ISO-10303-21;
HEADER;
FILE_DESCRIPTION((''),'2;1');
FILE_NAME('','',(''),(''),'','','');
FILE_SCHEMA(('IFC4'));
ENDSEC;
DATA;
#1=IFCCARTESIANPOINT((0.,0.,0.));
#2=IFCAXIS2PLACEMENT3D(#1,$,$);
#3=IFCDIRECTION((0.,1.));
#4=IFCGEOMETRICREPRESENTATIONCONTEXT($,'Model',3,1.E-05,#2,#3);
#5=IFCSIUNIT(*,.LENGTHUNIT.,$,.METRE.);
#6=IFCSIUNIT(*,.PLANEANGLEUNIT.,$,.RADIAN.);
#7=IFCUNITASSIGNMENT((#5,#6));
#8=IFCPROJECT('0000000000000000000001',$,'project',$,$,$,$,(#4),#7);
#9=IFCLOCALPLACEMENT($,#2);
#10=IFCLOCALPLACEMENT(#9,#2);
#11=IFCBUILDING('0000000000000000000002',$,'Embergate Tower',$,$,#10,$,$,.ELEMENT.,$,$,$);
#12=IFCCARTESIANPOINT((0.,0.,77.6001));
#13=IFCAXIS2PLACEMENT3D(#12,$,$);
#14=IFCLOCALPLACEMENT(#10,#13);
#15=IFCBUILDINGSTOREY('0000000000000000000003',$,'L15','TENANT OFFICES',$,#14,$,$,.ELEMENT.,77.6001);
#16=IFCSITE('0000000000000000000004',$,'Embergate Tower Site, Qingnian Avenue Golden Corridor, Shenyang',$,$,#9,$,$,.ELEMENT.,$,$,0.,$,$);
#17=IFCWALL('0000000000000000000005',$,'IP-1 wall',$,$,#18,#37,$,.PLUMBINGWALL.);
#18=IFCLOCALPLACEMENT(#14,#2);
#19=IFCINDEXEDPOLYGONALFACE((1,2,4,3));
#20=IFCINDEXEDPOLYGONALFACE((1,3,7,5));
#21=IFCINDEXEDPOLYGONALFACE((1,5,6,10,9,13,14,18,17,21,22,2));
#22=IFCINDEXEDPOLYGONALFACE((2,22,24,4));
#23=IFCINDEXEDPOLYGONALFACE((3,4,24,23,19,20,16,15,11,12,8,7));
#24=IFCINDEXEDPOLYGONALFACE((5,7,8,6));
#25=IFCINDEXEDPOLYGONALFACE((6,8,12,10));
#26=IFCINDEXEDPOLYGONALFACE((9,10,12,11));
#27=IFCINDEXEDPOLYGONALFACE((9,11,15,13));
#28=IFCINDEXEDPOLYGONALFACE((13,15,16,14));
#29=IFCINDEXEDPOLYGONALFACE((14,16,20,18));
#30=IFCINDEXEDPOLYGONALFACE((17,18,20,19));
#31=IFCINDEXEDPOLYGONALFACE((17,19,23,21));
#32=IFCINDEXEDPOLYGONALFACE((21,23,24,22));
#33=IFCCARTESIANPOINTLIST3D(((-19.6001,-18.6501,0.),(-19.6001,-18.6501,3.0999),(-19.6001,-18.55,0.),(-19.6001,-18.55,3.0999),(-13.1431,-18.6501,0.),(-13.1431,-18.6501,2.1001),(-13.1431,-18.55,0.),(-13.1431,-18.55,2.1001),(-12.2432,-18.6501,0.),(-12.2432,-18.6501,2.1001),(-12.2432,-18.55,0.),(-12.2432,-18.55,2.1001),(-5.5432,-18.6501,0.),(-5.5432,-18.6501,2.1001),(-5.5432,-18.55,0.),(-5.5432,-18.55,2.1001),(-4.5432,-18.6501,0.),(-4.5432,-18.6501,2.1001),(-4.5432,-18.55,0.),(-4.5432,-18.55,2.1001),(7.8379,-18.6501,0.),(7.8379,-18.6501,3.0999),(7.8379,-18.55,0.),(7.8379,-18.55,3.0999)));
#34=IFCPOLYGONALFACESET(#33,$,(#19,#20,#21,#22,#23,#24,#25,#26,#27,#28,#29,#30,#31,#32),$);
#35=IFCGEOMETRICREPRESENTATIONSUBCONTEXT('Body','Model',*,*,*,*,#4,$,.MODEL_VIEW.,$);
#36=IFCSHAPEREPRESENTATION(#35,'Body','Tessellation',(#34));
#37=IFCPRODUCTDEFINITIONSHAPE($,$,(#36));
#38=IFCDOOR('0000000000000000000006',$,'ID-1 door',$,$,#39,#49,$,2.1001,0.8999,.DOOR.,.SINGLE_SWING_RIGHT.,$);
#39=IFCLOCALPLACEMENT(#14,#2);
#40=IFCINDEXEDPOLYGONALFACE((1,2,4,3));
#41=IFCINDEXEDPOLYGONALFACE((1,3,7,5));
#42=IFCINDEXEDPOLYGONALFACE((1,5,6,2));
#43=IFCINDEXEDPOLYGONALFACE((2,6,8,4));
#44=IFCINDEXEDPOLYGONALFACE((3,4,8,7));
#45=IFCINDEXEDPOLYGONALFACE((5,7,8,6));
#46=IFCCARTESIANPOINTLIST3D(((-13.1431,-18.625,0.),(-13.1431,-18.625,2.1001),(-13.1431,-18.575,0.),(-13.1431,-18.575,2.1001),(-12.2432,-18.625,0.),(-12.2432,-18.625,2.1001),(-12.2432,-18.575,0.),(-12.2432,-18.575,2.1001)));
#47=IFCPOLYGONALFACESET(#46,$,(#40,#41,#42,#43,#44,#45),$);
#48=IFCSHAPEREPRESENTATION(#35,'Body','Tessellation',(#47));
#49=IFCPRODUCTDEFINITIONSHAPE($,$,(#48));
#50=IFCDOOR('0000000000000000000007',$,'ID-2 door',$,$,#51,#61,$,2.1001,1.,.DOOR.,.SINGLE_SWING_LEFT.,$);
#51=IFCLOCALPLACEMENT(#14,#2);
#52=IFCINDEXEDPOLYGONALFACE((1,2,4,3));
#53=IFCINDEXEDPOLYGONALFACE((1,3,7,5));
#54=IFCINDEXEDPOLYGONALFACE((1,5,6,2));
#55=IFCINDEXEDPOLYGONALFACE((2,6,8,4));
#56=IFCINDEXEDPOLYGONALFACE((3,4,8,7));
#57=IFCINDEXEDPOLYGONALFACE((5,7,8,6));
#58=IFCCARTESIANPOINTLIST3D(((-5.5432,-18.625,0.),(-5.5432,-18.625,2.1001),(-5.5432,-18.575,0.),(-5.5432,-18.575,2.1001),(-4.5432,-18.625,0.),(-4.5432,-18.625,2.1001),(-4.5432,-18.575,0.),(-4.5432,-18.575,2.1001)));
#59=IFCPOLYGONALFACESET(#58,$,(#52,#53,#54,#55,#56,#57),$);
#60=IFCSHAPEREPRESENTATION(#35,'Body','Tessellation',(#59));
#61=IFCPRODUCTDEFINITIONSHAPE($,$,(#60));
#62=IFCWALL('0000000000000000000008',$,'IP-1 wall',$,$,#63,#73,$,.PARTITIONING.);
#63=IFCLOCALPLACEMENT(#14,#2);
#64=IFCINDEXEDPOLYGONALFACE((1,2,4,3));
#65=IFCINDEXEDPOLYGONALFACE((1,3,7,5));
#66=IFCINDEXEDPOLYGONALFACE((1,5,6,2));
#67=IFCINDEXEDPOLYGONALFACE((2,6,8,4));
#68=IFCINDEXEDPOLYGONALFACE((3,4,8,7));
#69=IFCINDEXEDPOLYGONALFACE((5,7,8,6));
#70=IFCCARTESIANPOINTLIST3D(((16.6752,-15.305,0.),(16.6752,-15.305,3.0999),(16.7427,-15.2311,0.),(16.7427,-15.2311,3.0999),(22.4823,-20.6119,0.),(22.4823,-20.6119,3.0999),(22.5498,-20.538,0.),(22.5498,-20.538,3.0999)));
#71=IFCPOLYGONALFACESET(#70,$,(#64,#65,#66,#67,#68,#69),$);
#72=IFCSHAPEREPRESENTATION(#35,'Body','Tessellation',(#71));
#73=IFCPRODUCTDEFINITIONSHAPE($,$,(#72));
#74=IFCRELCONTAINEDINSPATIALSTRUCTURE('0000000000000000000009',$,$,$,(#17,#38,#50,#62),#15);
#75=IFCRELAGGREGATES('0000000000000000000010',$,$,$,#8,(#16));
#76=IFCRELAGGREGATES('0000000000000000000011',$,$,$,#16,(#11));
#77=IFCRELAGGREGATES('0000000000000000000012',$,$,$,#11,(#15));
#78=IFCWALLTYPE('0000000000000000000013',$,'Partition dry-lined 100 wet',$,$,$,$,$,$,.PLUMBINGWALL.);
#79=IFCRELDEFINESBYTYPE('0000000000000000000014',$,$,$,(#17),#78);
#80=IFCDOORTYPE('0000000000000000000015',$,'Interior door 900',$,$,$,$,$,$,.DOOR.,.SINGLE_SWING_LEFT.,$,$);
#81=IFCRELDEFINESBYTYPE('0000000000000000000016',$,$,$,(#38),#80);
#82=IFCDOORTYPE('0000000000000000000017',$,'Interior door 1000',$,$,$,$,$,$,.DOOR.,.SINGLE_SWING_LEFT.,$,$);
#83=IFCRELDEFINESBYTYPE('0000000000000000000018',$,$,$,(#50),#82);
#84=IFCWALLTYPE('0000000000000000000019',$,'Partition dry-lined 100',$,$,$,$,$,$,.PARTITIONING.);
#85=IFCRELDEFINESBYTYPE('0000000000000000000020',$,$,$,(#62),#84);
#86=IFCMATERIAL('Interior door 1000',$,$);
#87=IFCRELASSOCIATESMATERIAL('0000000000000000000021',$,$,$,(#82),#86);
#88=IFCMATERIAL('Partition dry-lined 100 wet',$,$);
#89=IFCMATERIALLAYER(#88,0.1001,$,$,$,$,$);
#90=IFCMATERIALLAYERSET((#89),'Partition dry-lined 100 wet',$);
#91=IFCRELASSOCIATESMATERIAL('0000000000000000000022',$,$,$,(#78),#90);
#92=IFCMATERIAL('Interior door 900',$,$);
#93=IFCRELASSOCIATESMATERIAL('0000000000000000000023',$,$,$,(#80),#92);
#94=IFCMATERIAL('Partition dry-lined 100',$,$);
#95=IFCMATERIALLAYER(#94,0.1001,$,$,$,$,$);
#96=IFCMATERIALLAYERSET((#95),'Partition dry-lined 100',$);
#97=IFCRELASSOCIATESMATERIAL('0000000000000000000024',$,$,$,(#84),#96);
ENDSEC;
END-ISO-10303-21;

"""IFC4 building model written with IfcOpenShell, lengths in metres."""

from ifc_helpers import new_model, si_unit, direction, frame, frame_2d, origin, place, context, subcontext, project, spatial, rectangle, extrude, source, transform, mapped, material, layer, layer_set, type_object, element, fill, save


model = new_model("IFC4")

# Units and contexts
model_context = context("Model", 3, precision=1e-05, world=origin(), true_north=direction((0.0, 1.0)))
body_context = subcontext(model_context, "Body", "Model", "MODEL_VIEW")
ifc_project = project(units=[si_unit("LENGTHUNIT", "METRE"), si_unit("PLANEANGLEUNIT", "RADIAN")], contexts=[model_context])

# Site, building, storey
site_placement = place(None, origin())
site = spatial("IfcSite", under=ifc_project, at=site_placement, Name="Embergate Tower Site, Qingnian Avenue Golden Corridor, Shenyang", CompositionType="ELEMENT", RefElevation=0.0)
building_placement = place(site_placement, origin())
building = spatial("IfcBuilding", under=site, at=building_placement, Name="Embergate Tower", CompositionType="ELEMENT")
storey_placement = place(building_placement, frame((0.0, 0.0, 77.6001)))
storey = spatial("IfcBuildingStorey", under=building, at=storey_placement, Name="L15", Description="TENANT OFFICES", CompositionType="ELEMENT", Elevation=77.6001)

# Wall, openings, doors
shared_shape_1 = source(origin(), body_context, "Body", "SweptSolid", [
    extrude(rectangle(XDim=0.8999, YDim=2.1001, at=frame_2d((0.45, 1.05))), frame((0.0, 0.0249, 0.0), z_axis=(0.0, -1.0, 0.0), x_axis=(1.0, 0.0, 0.0)), (0.0, 0.0, 1.0), 0.05),
])
ifc_material_1 = material(Name="Interior door 1000")
door_type_1 = type_object("IfcDoorType", Name="Interior door 1000", OperationType="SINGLE_SWING_LEFT", PredefinedType="DOOR", material=ifc_material_1)
shared_shape_2 = source(origin(), body_context, "Body", "SweptSolid", [
    extrude(rectangle(XDim=1.0, YDim=2.1001, at=frame_2d((0.5, 1.05))), frame((0.0, 0.0249, 0.0), z_axis=(0.0, -1.0, 0.0), x_axis=(1.0, 0.0, 0.0)), (0.0, 0.0, 1.0), 0.05),
])
ifc_material_2 = material(Name="Partition dry-lined 100 wet")
ifc_layer_1 = layer(ifc_material_2, 0.1001)
ifc_layer_set_1 = layer_set([ifc_layer_1], Name="Partition dry-lined 100 wet")
wall_type_1 = type_object("IfcWallType", Name="Partition dry-lined 100 wet", PredefinedType="PLUMBINGWALL", material=ifc_layer_set_1)
shared_shape_3 = source(origin(), body_context, "Body", "SweptSolid", [
    extrude(rectangle(XDim=27.438, YDim=0.1001, at=frame_2d((13.719, 0.0))), origin(), (0.0, 0.0, 1.0), 3.0999),
])
wall_1_placement = place(storey_placement, frame((7.8379, -18.6001, 0.0), z_axis=(0.0, 0.0, 1.0), x_axis=(-1.0, 0.0, 0.0)))
wall_1 = element("IfcWall", 1, at=wall_1_placement, inside=storey, type_object=wall_type_1, Name="IP-1 wall", PredefinedType="PLUMBINGWALL", context=body_context, shape_type="MappedRepresentation", body=[
    mapped(shared_shape_3, transform((0.0, 0.0, 0.0))),
])
shared_shape_4 = source(origin(), body_context, "Body", "SweptSolid", [
    extrude(rectangle(XDim=0.8999, YDim=2.1001, at=frame_2d((0.45, 1.05))), frame((0.0, 0.0601, 0.0), z_axis=(0.0, -1.0, 0.0), x_axis=(1.0, 0.0, 0.0)), (0.0, 0.0, 1.0), 0.1201),
])
opening_1_placement = place(wall_1_placement, frame((20.0811, 0.0, 0.0)))
opening_1 = element("IfcOpeningElement", 2, at=opening_1_placement, cuts=wall_1, PredefinedType="OPENING", context=body_context, shape_type="MappedRepresentation", body=[
    mapped(shared_shape_4, transform((0.0, 0.0, 0.0))),
])
shared_shape_5 = source(origin(), body_context, "Body", "SweptSolid", [
    extrude(rectangle(XDim=1.0, YDim=2.1001, at=frame_2d((0.5, 1.05))), frame((0.0, 0.0601, 0.0), z_axis=(0.0, -1.0, 0.0), x_axis=(1.0, 0.0, 0.0)), (0.0, 0.0, 1.0), 0.1201),
])
opening_2_placement = place(wall_1_placement, frame((12.3811, 0.0, 0.0)))
opening_2 = element("IfcOpeningElement", 3, at=opening_2_placement, cuts=wall_1, PredefinedType="OPENING", context=body_context, shape_type="MappedRepresentation", body=[
    mapped(shared_shape_5, transform((0.0, 0.0, 0.0))),
])
ifc_material_3 = material(Name="Interior door 900")
door_type_2 = type_object("IfcDoorType", Name="Interior door 900", OperationType="SINGLE_SWING_LEFT", PredefinedType="DOOR", material=ifc_material_3)
door_1_placement = place(opening_1_placement, origin())
door_1 = element("IfcDoor", 4, at=door_1_placement, inside=storey, type_object=door_type_2, Name="ID-1 door", OperationType="SINGLE_SWING_RIGHT", OverallHeight=2.1001, OverallWidth=0.8999, PredefinedType="DOOR", context=body_context, shape_type="MappedRepresentation", body=[
    mapped(shared_shape_1, transform((0.0, 0.0, 0.0))),
])
fill(opening_1, door_1)
door_2_placement = place(opening_2_placement, origin())
door_2 = element("IfcDoor", 5, at=door_2_placement, inside=storey, type_object=door_type_1, Name="ID-2 door", OperationType="SINGLE_SWING_LEFT", OverallHeight=2.1001, OverallWidth=1.0, PredefinedType="DOOR", context=body_context, shape_type="MappedRepresentation", body=[
    mapped(shared_shape_2, transform((0.0, 0.0, 0.0))),
])
fill(opening_2, door_2)

# Wall
ifc_material_4 = material(Name="Partition dry-lined 100")
ifc_layer_2 = layer(ifc_material_4, 0.1001)
ifc_layer_set_2 = layer_set([ifc_layer_2], Name="Partition dry-lined 100")
wall_type_2 = type_object("IfcWallType", Name="Partition dry-lined 100", PredefinedType="PARTITIONING", material=ifc_layer_set_2)
shared_shape_6 = source(origin(), body_context, "Body", "SweptSolid", [
    extrude(rectangle(XDim=7.8667, YDim=0.1001, at=frame_2d((3.9333, 0.0))), origin(), (0.0, 0.0, 1.0), 3.0999),
])
wall_2_placement = place(storey_placement, frame((16.709, -15.2681, 0.0), z_axis=(0.0, 0.0, 1.0), x_axis=(0.738186, -0.674597, 0.0)))
element("IfcWall", 6, at=wall_2_placement, inside=storey, type_object=wall_type_2, Name="IP-1 wall", PredefinedType="PARTITIONING", context=body_context, shape_type="MappedRepresentation", body=[
    mapped(shared_shape_6, transform((0.0, 0.0, 0.0))),
])

save(model, "model.ifc")
